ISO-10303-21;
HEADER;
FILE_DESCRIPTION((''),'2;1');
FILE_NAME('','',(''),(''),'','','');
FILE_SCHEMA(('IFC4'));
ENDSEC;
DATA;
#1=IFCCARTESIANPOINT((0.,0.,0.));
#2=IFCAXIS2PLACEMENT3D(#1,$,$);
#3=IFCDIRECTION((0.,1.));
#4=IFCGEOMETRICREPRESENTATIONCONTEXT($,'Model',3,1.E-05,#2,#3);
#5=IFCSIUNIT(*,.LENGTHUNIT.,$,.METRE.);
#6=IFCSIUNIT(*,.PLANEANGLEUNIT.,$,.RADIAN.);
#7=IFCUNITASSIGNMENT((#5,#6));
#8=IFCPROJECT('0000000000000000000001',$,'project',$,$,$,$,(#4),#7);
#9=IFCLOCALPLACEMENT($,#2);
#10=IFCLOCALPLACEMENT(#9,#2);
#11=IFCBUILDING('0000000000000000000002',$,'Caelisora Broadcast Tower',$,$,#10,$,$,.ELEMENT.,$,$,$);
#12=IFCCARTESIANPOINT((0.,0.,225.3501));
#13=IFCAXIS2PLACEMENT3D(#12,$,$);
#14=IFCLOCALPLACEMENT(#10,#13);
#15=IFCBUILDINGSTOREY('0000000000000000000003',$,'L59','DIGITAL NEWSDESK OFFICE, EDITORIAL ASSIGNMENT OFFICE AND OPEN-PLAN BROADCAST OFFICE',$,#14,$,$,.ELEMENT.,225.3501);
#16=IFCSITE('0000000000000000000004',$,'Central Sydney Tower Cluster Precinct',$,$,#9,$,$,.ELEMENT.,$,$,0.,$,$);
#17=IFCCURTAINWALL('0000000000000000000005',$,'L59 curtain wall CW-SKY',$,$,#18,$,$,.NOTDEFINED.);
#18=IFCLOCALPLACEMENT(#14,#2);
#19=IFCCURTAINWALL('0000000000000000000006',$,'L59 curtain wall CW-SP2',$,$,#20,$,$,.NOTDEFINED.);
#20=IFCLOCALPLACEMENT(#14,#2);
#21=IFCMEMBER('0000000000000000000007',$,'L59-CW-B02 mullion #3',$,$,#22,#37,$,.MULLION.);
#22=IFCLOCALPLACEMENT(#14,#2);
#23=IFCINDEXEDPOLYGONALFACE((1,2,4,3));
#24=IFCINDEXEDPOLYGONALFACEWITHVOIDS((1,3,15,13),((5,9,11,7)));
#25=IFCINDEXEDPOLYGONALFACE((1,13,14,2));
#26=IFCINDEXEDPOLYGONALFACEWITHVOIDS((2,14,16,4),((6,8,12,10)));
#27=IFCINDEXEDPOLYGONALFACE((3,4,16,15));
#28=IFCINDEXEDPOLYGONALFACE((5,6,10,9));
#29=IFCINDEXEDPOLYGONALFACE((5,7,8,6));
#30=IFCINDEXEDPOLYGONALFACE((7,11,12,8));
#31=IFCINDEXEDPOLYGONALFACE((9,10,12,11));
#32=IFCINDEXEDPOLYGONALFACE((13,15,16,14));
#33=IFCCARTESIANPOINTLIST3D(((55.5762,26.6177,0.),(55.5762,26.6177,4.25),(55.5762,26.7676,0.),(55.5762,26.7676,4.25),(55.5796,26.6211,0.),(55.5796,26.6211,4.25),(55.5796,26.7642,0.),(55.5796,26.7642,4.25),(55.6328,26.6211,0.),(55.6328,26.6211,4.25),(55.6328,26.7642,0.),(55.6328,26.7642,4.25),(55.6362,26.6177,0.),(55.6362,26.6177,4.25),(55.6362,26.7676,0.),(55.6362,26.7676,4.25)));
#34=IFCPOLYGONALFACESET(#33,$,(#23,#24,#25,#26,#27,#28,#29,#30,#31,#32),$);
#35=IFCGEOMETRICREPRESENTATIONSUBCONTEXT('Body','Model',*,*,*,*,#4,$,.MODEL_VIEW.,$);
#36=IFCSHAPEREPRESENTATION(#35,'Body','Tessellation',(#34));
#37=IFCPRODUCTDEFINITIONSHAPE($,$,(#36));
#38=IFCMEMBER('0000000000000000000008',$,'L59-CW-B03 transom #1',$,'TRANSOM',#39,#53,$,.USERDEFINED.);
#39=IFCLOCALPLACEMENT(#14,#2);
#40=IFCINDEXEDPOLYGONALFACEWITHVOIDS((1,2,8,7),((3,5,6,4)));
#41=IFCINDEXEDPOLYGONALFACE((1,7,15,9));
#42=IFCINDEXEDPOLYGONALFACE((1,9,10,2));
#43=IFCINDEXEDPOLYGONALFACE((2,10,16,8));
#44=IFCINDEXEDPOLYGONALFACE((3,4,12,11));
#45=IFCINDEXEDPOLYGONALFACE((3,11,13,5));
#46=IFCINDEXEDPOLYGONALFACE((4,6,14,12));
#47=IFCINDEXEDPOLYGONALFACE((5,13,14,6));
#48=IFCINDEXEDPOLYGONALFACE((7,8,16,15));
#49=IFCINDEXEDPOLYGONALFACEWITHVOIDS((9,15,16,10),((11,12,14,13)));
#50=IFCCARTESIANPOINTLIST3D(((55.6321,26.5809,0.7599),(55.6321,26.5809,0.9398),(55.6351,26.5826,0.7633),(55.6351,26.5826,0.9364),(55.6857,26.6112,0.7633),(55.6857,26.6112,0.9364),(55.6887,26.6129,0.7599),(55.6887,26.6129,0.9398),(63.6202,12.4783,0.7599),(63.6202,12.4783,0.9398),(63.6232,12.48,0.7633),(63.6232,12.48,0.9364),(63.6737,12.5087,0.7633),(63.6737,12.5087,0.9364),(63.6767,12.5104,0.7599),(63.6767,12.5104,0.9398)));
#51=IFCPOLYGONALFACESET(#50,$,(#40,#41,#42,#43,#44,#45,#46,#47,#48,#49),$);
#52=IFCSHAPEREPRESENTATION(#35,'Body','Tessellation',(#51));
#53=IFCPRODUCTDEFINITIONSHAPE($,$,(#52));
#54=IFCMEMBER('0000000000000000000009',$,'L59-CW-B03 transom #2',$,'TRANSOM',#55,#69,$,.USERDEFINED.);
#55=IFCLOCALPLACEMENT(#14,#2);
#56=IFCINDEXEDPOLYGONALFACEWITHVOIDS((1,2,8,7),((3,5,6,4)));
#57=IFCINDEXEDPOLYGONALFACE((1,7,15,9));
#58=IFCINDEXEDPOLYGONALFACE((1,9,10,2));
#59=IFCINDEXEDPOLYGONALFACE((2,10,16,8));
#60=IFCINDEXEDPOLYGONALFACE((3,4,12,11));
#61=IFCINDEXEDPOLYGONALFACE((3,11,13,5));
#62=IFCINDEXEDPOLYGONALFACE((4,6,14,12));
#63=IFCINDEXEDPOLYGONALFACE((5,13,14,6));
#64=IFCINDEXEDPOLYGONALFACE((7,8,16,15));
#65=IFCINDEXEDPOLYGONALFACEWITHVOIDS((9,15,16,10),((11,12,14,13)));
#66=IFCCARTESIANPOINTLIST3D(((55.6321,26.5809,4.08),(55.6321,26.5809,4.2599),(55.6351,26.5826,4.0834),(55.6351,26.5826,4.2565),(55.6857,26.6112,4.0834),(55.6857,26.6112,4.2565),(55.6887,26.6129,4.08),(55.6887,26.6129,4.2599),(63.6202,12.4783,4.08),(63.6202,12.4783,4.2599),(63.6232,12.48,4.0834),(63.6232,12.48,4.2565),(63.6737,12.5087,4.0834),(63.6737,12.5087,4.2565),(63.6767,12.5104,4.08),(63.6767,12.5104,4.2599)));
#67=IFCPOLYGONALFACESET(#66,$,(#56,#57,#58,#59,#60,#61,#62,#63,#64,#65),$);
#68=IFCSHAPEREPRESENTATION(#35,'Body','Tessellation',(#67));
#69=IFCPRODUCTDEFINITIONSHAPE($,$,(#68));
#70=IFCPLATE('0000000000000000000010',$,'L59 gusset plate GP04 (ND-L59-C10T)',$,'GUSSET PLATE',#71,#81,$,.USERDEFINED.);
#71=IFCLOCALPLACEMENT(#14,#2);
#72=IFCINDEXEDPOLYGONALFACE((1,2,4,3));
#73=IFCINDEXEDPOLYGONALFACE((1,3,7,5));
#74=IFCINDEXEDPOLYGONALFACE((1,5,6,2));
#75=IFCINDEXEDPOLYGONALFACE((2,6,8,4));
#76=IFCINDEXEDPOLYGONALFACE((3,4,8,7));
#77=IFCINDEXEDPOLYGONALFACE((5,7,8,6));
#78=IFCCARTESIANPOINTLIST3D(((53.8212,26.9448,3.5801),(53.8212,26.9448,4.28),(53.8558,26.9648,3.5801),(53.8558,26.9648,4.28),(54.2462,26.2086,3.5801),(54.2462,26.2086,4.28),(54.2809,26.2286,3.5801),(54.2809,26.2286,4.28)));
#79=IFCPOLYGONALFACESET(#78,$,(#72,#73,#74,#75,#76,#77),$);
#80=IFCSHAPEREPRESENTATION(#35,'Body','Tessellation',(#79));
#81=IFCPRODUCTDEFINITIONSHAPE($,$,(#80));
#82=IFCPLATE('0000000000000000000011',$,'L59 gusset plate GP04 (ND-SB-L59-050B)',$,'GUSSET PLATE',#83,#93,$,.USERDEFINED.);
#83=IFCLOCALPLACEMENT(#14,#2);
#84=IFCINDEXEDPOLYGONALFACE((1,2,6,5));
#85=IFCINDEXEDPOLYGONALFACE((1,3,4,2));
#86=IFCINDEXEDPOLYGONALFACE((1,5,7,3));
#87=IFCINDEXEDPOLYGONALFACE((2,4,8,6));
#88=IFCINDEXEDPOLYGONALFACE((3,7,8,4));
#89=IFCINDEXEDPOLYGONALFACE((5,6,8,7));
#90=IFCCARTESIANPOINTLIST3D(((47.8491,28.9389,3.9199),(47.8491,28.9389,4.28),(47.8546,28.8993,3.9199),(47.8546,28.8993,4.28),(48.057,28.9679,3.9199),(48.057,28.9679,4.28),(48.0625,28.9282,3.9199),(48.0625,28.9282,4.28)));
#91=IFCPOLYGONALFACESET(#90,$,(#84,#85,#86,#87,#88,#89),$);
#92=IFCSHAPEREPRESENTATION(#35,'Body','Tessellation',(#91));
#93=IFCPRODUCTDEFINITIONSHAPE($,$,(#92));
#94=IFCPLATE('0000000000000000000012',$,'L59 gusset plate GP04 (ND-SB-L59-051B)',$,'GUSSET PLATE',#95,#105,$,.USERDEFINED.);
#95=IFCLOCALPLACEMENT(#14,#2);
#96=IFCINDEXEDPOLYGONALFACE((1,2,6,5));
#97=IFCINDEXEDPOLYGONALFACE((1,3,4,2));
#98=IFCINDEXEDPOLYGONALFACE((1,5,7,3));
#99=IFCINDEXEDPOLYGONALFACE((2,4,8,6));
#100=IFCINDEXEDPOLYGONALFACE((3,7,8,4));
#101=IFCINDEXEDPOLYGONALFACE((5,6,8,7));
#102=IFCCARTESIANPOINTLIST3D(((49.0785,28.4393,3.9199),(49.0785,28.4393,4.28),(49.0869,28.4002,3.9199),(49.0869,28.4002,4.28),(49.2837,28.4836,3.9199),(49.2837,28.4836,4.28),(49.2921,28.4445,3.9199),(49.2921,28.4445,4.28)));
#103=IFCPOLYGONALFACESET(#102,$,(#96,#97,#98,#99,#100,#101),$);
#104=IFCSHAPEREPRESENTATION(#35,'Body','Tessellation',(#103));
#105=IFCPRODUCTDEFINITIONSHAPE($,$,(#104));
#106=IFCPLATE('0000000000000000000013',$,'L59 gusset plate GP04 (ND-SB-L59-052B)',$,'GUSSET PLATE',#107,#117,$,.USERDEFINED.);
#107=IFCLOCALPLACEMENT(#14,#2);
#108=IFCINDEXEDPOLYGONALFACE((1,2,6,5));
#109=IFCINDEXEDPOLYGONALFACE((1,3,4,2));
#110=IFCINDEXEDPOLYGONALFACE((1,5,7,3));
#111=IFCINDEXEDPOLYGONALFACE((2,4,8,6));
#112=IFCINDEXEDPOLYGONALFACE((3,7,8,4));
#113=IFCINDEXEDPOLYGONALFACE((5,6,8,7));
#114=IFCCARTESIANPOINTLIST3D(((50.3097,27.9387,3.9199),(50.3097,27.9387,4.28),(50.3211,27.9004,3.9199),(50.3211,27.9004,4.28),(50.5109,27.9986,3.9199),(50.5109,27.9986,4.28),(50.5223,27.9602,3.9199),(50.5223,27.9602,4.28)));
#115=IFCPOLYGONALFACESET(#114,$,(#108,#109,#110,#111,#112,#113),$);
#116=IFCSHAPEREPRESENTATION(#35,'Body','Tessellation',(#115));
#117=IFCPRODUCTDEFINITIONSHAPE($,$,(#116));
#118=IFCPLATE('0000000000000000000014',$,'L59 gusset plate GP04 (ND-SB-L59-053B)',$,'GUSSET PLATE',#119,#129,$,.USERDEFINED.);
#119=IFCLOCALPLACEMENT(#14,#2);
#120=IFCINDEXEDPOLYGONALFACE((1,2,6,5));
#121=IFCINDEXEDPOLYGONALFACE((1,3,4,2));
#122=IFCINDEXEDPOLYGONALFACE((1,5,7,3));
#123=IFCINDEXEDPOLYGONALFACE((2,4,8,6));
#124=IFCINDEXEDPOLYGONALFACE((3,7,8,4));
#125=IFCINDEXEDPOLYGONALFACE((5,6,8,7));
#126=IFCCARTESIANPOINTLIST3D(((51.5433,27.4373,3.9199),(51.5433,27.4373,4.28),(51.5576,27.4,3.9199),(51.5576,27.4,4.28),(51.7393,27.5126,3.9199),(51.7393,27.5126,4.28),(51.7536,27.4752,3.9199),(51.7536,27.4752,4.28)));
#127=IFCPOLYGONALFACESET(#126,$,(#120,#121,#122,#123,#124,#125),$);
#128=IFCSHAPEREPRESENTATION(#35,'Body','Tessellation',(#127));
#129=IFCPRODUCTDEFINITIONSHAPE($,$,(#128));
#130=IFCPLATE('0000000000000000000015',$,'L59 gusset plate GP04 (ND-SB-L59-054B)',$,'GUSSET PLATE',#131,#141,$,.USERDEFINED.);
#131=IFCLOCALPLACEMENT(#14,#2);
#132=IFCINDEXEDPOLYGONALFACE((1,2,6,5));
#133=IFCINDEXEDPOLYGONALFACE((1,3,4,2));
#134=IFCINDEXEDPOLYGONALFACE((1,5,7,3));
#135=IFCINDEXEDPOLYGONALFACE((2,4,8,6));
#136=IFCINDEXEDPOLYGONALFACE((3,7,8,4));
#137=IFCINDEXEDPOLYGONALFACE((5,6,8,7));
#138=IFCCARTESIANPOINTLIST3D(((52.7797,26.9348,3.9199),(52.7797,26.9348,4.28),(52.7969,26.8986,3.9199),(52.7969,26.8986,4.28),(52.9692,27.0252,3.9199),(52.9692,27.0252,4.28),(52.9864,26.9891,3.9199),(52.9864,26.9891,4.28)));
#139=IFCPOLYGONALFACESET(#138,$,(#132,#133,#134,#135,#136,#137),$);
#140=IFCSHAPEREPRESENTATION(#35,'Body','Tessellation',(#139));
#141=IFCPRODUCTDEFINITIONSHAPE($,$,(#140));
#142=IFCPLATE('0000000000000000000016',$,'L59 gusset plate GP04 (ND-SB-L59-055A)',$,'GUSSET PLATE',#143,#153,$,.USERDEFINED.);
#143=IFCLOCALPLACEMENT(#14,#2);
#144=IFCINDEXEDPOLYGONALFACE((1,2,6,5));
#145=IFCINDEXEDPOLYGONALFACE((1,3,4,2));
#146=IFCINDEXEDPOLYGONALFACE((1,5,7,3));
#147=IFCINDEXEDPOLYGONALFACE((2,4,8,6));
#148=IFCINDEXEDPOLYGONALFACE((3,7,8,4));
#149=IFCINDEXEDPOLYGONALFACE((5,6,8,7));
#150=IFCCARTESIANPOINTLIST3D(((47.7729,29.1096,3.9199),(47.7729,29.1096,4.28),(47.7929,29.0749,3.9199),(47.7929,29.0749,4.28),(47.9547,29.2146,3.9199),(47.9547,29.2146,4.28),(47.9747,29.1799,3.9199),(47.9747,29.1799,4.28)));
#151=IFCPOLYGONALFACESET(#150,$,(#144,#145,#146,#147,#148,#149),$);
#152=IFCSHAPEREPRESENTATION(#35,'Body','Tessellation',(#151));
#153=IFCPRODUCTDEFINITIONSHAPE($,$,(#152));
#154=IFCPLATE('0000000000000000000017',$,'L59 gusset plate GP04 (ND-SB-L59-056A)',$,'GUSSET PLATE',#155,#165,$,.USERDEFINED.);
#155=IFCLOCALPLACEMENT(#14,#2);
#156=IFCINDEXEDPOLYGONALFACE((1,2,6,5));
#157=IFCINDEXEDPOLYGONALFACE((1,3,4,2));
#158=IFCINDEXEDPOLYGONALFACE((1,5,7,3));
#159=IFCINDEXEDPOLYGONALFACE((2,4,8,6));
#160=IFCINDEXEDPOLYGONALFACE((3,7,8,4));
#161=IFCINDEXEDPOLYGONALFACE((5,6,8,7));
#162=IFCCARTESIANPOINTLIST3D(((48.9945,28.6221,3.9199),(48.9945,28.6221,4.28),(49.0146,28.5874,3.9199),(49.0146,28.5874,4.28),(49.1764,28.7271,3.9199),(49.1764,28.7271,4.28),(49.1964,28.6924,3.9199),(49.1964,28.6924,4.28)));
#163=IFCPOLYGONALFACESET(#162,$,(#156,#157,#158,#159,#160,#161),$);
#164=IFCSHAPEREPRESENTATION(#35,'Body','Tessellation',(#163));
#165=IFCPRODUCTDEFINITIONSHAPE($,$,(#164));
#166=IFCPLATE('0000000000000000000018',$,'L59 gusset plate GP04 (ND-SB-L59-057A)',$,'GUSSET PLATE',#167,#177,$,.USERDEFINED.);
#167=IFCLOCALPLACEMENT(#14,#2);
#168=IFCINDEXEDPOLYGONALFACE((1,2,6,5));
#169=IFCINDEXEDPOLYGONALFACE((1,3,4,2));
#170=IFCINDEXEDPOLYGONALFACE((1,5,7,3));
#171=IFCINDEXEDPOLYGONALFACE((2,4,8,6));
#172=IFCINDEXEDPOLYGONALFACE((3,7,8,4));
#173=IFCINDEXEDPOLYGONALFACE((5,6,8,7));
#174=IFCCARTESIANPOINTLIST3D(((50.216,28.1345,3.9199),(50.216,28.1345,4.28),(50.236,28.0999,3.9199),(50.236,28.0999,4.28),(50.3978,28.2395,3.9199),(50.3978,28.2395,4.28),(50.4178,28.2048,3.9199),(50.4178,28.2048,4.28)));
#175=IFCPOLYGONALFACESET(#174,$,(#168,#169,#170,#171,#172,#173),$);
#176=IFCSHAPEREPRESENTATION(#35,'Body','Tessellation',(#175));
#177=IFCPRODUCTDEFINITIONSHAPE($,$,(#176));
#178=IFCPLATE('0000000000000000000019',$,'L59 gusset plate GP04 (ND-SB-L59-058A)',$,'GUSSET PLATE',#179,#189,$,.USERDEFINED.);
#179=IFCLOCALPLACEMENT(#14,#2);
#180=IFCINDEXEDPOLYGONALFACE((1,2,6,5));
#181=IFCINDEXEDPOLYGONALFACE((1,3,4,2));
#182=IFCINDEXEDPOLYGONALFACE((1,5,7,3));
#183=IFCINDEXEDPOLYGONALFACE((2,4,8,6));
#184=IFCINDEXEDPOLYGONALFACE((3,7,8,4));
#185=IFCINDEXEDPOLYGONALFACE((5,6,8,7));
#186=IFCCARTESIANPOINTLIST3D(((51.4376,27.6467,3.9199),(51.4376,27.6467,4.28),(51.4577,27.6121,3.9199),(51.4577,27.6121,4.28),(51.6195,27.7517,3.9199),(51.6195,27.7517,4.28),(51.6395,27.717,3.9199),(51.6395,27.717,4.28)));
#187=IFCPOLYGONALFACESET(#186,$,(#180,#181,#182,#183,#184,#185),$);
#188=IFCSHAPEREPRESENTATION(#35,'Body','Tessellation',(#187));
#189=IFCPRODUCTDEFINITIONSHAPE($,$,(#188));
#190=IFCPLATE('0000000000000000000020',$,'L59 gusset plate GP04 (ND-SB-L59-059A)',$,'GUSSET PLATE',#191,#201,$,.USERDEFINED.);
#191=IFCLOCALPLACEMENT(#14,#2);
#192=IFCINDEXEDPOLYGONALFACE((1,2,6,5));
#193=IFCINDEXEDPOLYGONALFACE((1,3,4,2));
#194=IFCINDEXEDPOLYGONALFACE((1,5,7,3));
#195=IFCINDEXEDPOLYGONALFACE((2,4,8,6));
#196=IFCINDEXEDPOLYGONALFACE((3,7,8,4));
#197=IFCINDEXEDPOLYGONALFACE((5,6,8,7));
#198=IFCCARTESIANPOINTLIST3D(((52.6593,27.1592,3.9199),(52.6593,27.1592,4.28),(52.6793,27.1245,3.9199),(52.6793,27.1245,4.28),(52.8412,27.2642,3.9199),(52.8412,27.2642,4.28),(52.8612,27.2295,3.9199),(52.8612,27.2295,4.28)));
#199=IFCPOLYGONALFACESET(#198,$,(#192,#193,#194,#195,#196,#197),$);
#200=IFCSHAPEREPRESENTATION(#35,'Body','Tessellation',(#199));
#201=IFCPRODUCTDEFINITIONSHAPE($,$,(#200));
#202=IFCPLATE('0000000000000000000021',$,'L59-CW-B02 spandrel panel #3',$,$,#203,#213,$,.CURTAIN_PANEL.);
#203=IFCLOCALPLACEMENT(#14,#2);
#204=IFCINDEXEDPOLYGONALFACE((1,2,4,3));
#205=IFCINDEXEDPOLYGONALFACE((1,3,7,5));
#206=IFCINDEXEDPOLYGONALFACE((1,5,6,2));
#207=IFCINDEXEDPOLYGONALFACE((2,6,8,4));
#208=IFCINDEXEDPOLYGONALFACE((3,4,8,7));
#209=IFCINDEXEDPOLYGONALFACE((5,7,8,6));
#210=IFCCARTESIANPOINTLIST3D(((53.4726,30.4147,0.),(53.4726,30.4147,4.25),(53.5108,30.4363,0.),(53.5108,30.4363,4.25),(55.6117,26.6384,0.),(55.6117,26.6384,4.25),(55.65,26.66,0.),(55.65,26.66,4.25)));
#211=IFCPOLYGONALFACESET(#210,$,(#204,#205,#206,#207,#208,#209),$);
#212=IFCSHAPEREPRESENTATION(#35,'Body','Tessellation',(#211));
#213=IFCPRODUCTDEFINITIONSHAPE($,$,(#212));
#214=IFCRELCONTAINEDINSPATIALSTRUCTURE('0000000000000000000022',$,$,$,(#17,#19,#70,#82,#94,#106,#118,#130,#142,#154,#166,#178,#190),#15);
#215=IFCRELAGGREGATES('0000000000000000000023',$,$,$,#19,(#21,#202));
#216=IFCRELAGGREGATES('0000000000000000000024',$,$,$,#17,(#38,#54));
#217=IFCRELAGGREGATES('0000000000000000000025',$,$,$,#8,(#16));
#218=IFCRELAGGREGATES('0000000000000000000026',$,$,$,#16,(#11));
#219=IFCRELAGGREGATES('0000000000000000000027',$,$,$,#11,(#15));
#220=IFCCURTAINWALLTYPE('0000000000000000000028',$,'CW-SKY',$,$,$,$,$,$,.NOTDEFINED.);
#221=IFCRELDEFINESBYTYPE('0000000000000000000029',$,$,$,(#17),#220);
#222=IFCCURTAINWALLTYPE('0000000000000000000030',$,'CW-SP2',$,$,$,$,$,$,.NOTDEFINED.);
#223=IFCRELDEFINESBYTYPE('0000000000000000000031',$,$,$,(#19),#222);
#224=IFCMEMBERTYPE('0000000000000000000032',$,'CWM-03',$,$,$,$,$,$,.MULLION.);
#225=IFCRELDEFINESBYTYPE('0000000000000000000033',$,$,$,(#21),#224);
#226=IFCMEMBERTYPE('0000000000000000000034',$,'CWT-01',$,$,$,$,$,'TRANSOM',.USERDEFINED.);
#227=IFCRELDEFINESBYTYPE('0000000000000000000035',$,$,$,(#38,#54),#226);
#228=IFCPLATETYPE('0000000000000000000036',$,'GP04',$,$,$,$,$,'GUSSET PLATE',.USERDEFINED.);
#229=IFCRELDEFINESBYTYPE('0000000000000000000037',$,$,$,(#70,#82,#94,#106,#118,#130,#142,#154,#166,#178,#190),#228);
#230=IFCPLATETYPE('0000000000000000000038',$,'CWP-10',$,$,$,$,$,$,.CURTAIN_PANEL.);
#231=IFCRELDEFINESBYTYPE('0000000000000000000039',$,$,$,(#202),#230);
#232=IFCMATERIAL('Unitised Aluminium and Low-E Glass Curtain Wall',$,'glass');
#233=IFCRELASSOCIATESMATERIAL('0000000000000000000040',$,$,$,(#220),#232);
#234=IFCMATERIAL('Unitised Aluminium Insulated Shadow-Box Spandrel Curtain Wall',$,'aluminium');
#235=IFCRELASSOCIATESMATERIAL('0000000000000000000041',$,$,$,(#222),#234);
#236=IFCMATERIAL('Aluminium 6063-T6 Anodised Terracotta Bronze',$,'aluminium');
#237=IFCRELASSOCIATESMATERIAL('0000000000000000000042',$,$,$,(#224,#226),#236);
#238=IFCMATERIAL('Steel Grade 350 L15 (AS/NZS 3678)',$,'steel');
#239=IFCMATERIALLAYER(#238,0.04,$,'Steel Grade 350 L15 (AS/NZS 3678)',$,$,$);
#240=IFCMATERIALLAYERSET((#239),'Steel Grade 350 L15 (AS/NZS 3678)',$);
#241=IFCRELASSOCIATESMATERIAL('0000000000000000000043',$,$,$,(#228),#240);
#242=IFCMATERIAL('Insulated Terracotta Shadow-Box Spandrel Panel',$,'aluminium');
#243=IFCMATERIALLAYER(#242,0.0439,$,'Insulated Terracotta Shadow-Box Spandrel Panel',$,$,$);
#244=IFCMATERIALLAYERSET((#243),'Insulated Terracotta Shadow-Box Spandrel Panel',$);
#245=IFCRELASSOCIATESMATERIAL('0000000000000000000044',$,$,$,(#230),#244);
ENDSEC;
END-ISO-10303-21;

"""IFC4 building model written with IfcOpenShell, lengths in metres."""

from ifc_helpers import new_model, si_unit, direction, frame, origin, origin_2d, place, context, subcontext, project, spatial, rectangle, hollow_rectangle, extrude, source, transform, mapped, material, layer, layer_set, material_profile, profile_set, type_object, type_shapes, element, aggregate, save


model = new_model("IFC4")

# Units and contexts
model_context = context("Model", 3, precision=1e-05, world=origin(), true_north=direction((0.0, 1.0)))
body_context = subcontext(model_context, "Body", "Model", "MODEL_VIEW")
ifc_project = project(units=[si_unit("LENGTHUNIT", "METRE"), si_unit("PLANEANGLEUNIT", "RADIAN")], contexts=[model_context])

# Site, building, storey
site_placement = place(None, origin())
site = spatial("IfcSite", under=ifc_project, at=site_placement, Name="Central Sydney Tower Cluster Precinct", CompositionType="ELEMENT", RefElevation=0.0)
building_placement = place(site_placement, origin())
building = spatial("IfcBuilding", under=site, at=building_placement, Name="Caelisora Broadcast Tower", CompositionType="ELEMENT")
storey_placement = place(building_placement, frame((0.0, 0.0, 225.3501)))
storey = spatial("IfcBuildingStorey", under=building, at=storey_placement, Name="L59", Description="DIGITAL NEWSDESK OFFICE, EDITORIAL ASSIGNMENT OFFICE AND OPEN-PLAN BROADCAST OFFICE", CompositionType="ELEMENT", Elevation=225.3501)

# Shared definitions
ifc_material_1 = material(Name="Steel Grade 350 L15 (AS/NZS 3678)", Category="steel")

# Curtain wall
ifc_material_2 = material(Name="Unitised Aluminium and Low-E Glass Curtain Wall", Category="glass")
curtain_wall_type_1 = type_object("IfcCurtainWallType", Name="CW-SKY", PredefinedType="NOTDEFINED", material=ifc_material_2)
curtain_wall_1_placement = place(storey_placement, origin())
curtain_wall_1 = element("IfcCurtainWall", 1, at=curtain_wall_1_placement, inside=storey, type_object=curtain_wall_type_1, Name="L59 curtain wall CW-SKY", PredefinedType="NOTDEFINED")
ifc_material_3 = material(Name="Aluminium 6063-T6 Anodised Terracotta Bronze", Category="aluminium")

# Curtain wall, member
ifc_material_4 = material(Name="Unitised Aluminium Insulated Shadow-Box Spandrel Curtain Wall", Category="aluminium")
curtain_wall_type_2 = type_object("IfcCurtainWallType", Name="CW-SP2", PredefinedType="NOTDEFINED", material=ifc_material_4)
curtain_wall_2_placement = place(storey_placement, origin())
curtain_wall_2 = element("IfcCurtainWall", 2, at=curtain_wall_2_placement, inside=storey, type_object=curtain_wall_type_2, Name="L59 curtain wall CW-SP2", PredefinedType="NOTDEFINED")
ifc_material_profile_1 = material_profile(ifc_material_3, hollow_rectangle(XDim=0.0601, YDim=0.1499, WallThickness=0.0034, at=origin_2d()), Name="Aluminium 6063-T6 Anodised Terracotta Bronze")
ifc_profile_set_1 = profile_set([ifc_material_profile_1], Name="Aluminium 6063-T6 Anodised Terracotta Bronze")
member_type_1 = type_object("IfcMemberType", Name="CWM-03", PredefinedType="MULLION", material=ifc_profile_set_1)
shared_shape_1 = source(origin(), body_context, "Body", "SweptSolid", [
    extrude(hollow_rectangle(XDim=0.0601, YDim=0.1499, WallThickness=0.0034, at=origin_2d()), origin(), (0.0, 0.0, 1.0), 4.25),
])
type_shapes(member_type_1, [shared_shape_1])
member_1_placement = place(storey_placement, frame((55.6062, 26.6926, 0.0), z_axis=(0.0, 0.0, 1.0), x_axis=(1.0, 0.0, 0.0)))
member_1 = element("IfcMember", 3, at=member_1_placement, type_object=member_type_1, Name="L59-CW-B02 mullion #3", PredefinedType="MULLION", context=body_context, shape_type="MappedRepresentation", body=[
    mapped(shared_shape_1, transform((0.0, 0.0, 0.0), scale=1.0)),
])

# Members
ifc_material_profile_2 = material_profile(ifc_material_3, hollow_rectangle(XDim=0.0649, YDim=0.1799, WallThickness=0.0034, at=origin_2d()), Name="Aluminium 6063-T6 Anodised Terracotta Bronze")
ifc_profile_set_2 = profile_set([ifc_material_profile_2], Name="Aluminium 6063-T6 Anodised Terracotta Bronze")
member_type_2 = type_object("IfcMemberType", Name="CWT-01", ElementType="TRANSOM", PredefinedType="USERDEFINED", material=ifc_profile_set_2)
shared_shape_2 = source(origin(), body_context, "Body", "SweptSolid", [
    extrude(hollow_rectangle(XDim=0.0649, YDim=0.1799, WallThickness=0.0034, at=origin_2d()), origin(), (0.0, 0.0, 1.0), 16.2078),
])
type_shapes(member_type_2, [shared_shape_2])
member_2_placement = place(storey_placement, frame((55.6604, 26.5969, 0.8499), z_axis=(0.492854, -0.870112, 0.0), x_axis=(0.870112, 0.492854, 0.0)))
member_2 = element("IfcMember", 4, at=member_2_placement, type_object=member_type_2, Name="L59-CW-B03 transom #1", ObjectType="TRANSOM", PredefinedType="USERDEFINED", context=body_context, shape_type="MappedRepresentation", body=[
    mapped(shared_shape_2, transform((0.0, 0.0, 0.0), scale=1.0)),
])
member_3_placement = place(storey_placement, frame((55.6604, 26.5969, 4.1699), z_axis=(0.492854, -0.870112, 0.0), x_axis=(0.870112, 0.492854, 0.0)))
member_3 = element("IfcMember", 5, at=member_3_placement, type_object=member_type_2, Name="L59-CW-B03 transom #2", ObjectType="TRANSOM", PredefinedType="USERDEFINED", context=body_context, shape_type="MappedRepresentation", body=[
    mapped(shared_shape_2, transform((0.0, 0.0, 0.0), scale=1.0)),
])

# Plates
ifc_layer_1 = layer(ifc_material_1, 0.04, Name="Steel Grade 350 L15 (AS/NZS 3678)")
ifc_layer_set_1 = layer_set([ifc_layer_1], Name="Steel Grade 350 L15 (AS/NZS 3678)")
plate_type_1 = type_object("IfcPlateType", Name="GP04", ElementType="GUSSET PLATE", PredefinedType="USERDEFINED", material=ifc_layer_set_1)
shared_shape_3 = source(origin(), body_context, "Body", "SweptSolid", [
    extrude(rectangle(XDim=0.8501, YDim=0.04, at=origin_2d()), origin(), (0.0, 0.0, 1.0), 0.7),
])
plate_1_placement = place(storey_placement, frame((54.051, 26.5867, 3.5801), z_axis=(0.0, 0.0, 1.0), x_axis=(-0.5, 0.866025, 0.0)))
element("IfcPlate", 6, at=plate_1_placement, inside=storey, type_object=plate_type_1, Name="L59 gusset plate GP04 (ND-L59-C10T)", ObjectType="GUSSET PLATE", PredefinedType="USERDEFINED", context=body_context, shape_type="MappedRepresentation", body=[
    mapped(shared_shape_3, transform((0.0, 0.0, 0.0), scale=1.0)),
])
shared_shape_4 = source(origin(), body_context, "Body", "SweptSolid", [
    extrude(rectangle(XDim=0.21, YDim=0.04, at=origin_2d()), origin(), (0.0, 0.0, 1.0), 0.3601),
])
type_shapes(plate_type_1, [shared_shape_3, shared_shape_4])
for number, where, z_axis, x_axis, name in (
    (7, (47.9558, 28.9336, 3.9199), (0.0, 0.0, 1.0), (-0.990437, -0.137963, 0.0), "L59 gusset plate GP04 (ND-SB-L59-050B)"),
    (8, (49.1853, 28.4419, 3.9199), (0.0, 0.0, 1.0), (-0.977526, -0.210813, 0.0), "L59 gusset plate GP04 (ND-SB-L59-051B)"),
    (9, (50.416, 27.9495, 3.9199), (0.0, 0.0, 1.0), (-0.958572, -0.284852, 0.0), "L59 gusset plate GP04 (ND-SB-L59-052B)"),
    (10, (51.6484, 27.4563, 3.9199), (0.0, 0.0, 1.0), (-0.933518, -0.358531, 0.0), "L59 gusset plate GP04 (ND-SB-L59-053B)"),
    (11, (52.8831, 26.9619, 3.9199), (0.0, 0.0, 1.0), (-0.902435, -0.430826, 0.0), "L59 gusset plate GP04 (ND-SB-L59-054B)"),
    (12, (47.8738, 29.1448, 3.9199), (0.0, 0.0, 1.0), (-0.866025, -0.5, 0.0), "L59 gusset plate GP04 (ND-SB-L59-055A)"),
    (13, (49.0955, 28.6572, 3.9199), (0.0, 0.0, 1.0), (-0.866025, -0.5, 0.0), "L59 gusset plate GP04 (ND-SB-L59-056A)"),
    (14, (50.3169, 28.1697, 3.9199), (0.0, 0.0, 1.0), (-0.866025, -0.5, 0.0), "L59 gusset plate GP04 (ND-SB-L59-057A)"),
    (15, (51.5386, 27.6819, 3.9199), (0.0, 0.0, 1.0), (-0.866025, -0.5, 0.0), "L59 gusset plate GP04 (ND-SB-L59-058A)"),
    (16, (52.7603, 27.1943, 3.9199), (0.0, 0.0, 1.0), (-0.866025, -0.5, 0.0), "L59 gusset plate GP04 (ND-SB-L59-059A)"),
):
    element("IfcPlate", number, at=place(storey_placement, frame(where, z_axis=z_axis, x_axis=x_axis)), inside=storey, type_object=plate_type_1, Name=name, ObjectType="GUSSET PLATE", PredefinedType="USERDEFINED", context=body_context, shape_type="MappedRepresentation", body=[
        mapped(shared_shape_4, transform((0.0, 0.0, 0.0), scale=1.0)),
    ])

# Plate
ifc_material_5 = material(Name="Insulated Terracotta Shadow-Box Spandrel Panel", Category="aluminium")
ifc_layer_2 = layer(ifc_material_5, 0.0439, Name="Insulated Terracotta Shadow-Box Spandrel Panel")
ifc_layer_set_2 = layer_set([ifc_layer_2], Name="Insulated Terracotta Shadow-Box Spandrel Panel")
plate_type_2 = type_object("IfcPlateType", Name="CWP-10", PredefinedType="CURTAIN_PANEL", material=ifc_layer_set_2)
shared_shape_5 = source(origin(), body_context, "Body", "SweptSolid", [
    extrude(rectangle(XDim=4.3401, YDim=0.0439, at=origin_2d()), origin(), (0.0, 0.0, 1.0), 4.25),
])
type_shapes(plate_type_2, [shared_shape_5])
plate_2_placement = place(storey_placement, frame((54.5613, 28.5374, 0.0), z_axis=(0.0, 0.0, 1.0), x_axis=(0.492879, -0.870098, 0.0)))
plate_2 = element("IfcPlate", 17, at=plate_2_placement, type_object=plate_type_2, Name="L59-CW-B02 spandrel panel #3", PredefinedType="CURTAIN_PANEL", context=body_context, shape_type="MappedRepresentation", body=[
    mapped(shared_shape_5, transform((0.0, 0.0, 0.0), scale=1.0)),
])
aggregate(curtain_wall_2, [member_1, plate_2])
aggregate(curtain_wall_1, [member_2, member_3])

save(model, "model.ifc")
